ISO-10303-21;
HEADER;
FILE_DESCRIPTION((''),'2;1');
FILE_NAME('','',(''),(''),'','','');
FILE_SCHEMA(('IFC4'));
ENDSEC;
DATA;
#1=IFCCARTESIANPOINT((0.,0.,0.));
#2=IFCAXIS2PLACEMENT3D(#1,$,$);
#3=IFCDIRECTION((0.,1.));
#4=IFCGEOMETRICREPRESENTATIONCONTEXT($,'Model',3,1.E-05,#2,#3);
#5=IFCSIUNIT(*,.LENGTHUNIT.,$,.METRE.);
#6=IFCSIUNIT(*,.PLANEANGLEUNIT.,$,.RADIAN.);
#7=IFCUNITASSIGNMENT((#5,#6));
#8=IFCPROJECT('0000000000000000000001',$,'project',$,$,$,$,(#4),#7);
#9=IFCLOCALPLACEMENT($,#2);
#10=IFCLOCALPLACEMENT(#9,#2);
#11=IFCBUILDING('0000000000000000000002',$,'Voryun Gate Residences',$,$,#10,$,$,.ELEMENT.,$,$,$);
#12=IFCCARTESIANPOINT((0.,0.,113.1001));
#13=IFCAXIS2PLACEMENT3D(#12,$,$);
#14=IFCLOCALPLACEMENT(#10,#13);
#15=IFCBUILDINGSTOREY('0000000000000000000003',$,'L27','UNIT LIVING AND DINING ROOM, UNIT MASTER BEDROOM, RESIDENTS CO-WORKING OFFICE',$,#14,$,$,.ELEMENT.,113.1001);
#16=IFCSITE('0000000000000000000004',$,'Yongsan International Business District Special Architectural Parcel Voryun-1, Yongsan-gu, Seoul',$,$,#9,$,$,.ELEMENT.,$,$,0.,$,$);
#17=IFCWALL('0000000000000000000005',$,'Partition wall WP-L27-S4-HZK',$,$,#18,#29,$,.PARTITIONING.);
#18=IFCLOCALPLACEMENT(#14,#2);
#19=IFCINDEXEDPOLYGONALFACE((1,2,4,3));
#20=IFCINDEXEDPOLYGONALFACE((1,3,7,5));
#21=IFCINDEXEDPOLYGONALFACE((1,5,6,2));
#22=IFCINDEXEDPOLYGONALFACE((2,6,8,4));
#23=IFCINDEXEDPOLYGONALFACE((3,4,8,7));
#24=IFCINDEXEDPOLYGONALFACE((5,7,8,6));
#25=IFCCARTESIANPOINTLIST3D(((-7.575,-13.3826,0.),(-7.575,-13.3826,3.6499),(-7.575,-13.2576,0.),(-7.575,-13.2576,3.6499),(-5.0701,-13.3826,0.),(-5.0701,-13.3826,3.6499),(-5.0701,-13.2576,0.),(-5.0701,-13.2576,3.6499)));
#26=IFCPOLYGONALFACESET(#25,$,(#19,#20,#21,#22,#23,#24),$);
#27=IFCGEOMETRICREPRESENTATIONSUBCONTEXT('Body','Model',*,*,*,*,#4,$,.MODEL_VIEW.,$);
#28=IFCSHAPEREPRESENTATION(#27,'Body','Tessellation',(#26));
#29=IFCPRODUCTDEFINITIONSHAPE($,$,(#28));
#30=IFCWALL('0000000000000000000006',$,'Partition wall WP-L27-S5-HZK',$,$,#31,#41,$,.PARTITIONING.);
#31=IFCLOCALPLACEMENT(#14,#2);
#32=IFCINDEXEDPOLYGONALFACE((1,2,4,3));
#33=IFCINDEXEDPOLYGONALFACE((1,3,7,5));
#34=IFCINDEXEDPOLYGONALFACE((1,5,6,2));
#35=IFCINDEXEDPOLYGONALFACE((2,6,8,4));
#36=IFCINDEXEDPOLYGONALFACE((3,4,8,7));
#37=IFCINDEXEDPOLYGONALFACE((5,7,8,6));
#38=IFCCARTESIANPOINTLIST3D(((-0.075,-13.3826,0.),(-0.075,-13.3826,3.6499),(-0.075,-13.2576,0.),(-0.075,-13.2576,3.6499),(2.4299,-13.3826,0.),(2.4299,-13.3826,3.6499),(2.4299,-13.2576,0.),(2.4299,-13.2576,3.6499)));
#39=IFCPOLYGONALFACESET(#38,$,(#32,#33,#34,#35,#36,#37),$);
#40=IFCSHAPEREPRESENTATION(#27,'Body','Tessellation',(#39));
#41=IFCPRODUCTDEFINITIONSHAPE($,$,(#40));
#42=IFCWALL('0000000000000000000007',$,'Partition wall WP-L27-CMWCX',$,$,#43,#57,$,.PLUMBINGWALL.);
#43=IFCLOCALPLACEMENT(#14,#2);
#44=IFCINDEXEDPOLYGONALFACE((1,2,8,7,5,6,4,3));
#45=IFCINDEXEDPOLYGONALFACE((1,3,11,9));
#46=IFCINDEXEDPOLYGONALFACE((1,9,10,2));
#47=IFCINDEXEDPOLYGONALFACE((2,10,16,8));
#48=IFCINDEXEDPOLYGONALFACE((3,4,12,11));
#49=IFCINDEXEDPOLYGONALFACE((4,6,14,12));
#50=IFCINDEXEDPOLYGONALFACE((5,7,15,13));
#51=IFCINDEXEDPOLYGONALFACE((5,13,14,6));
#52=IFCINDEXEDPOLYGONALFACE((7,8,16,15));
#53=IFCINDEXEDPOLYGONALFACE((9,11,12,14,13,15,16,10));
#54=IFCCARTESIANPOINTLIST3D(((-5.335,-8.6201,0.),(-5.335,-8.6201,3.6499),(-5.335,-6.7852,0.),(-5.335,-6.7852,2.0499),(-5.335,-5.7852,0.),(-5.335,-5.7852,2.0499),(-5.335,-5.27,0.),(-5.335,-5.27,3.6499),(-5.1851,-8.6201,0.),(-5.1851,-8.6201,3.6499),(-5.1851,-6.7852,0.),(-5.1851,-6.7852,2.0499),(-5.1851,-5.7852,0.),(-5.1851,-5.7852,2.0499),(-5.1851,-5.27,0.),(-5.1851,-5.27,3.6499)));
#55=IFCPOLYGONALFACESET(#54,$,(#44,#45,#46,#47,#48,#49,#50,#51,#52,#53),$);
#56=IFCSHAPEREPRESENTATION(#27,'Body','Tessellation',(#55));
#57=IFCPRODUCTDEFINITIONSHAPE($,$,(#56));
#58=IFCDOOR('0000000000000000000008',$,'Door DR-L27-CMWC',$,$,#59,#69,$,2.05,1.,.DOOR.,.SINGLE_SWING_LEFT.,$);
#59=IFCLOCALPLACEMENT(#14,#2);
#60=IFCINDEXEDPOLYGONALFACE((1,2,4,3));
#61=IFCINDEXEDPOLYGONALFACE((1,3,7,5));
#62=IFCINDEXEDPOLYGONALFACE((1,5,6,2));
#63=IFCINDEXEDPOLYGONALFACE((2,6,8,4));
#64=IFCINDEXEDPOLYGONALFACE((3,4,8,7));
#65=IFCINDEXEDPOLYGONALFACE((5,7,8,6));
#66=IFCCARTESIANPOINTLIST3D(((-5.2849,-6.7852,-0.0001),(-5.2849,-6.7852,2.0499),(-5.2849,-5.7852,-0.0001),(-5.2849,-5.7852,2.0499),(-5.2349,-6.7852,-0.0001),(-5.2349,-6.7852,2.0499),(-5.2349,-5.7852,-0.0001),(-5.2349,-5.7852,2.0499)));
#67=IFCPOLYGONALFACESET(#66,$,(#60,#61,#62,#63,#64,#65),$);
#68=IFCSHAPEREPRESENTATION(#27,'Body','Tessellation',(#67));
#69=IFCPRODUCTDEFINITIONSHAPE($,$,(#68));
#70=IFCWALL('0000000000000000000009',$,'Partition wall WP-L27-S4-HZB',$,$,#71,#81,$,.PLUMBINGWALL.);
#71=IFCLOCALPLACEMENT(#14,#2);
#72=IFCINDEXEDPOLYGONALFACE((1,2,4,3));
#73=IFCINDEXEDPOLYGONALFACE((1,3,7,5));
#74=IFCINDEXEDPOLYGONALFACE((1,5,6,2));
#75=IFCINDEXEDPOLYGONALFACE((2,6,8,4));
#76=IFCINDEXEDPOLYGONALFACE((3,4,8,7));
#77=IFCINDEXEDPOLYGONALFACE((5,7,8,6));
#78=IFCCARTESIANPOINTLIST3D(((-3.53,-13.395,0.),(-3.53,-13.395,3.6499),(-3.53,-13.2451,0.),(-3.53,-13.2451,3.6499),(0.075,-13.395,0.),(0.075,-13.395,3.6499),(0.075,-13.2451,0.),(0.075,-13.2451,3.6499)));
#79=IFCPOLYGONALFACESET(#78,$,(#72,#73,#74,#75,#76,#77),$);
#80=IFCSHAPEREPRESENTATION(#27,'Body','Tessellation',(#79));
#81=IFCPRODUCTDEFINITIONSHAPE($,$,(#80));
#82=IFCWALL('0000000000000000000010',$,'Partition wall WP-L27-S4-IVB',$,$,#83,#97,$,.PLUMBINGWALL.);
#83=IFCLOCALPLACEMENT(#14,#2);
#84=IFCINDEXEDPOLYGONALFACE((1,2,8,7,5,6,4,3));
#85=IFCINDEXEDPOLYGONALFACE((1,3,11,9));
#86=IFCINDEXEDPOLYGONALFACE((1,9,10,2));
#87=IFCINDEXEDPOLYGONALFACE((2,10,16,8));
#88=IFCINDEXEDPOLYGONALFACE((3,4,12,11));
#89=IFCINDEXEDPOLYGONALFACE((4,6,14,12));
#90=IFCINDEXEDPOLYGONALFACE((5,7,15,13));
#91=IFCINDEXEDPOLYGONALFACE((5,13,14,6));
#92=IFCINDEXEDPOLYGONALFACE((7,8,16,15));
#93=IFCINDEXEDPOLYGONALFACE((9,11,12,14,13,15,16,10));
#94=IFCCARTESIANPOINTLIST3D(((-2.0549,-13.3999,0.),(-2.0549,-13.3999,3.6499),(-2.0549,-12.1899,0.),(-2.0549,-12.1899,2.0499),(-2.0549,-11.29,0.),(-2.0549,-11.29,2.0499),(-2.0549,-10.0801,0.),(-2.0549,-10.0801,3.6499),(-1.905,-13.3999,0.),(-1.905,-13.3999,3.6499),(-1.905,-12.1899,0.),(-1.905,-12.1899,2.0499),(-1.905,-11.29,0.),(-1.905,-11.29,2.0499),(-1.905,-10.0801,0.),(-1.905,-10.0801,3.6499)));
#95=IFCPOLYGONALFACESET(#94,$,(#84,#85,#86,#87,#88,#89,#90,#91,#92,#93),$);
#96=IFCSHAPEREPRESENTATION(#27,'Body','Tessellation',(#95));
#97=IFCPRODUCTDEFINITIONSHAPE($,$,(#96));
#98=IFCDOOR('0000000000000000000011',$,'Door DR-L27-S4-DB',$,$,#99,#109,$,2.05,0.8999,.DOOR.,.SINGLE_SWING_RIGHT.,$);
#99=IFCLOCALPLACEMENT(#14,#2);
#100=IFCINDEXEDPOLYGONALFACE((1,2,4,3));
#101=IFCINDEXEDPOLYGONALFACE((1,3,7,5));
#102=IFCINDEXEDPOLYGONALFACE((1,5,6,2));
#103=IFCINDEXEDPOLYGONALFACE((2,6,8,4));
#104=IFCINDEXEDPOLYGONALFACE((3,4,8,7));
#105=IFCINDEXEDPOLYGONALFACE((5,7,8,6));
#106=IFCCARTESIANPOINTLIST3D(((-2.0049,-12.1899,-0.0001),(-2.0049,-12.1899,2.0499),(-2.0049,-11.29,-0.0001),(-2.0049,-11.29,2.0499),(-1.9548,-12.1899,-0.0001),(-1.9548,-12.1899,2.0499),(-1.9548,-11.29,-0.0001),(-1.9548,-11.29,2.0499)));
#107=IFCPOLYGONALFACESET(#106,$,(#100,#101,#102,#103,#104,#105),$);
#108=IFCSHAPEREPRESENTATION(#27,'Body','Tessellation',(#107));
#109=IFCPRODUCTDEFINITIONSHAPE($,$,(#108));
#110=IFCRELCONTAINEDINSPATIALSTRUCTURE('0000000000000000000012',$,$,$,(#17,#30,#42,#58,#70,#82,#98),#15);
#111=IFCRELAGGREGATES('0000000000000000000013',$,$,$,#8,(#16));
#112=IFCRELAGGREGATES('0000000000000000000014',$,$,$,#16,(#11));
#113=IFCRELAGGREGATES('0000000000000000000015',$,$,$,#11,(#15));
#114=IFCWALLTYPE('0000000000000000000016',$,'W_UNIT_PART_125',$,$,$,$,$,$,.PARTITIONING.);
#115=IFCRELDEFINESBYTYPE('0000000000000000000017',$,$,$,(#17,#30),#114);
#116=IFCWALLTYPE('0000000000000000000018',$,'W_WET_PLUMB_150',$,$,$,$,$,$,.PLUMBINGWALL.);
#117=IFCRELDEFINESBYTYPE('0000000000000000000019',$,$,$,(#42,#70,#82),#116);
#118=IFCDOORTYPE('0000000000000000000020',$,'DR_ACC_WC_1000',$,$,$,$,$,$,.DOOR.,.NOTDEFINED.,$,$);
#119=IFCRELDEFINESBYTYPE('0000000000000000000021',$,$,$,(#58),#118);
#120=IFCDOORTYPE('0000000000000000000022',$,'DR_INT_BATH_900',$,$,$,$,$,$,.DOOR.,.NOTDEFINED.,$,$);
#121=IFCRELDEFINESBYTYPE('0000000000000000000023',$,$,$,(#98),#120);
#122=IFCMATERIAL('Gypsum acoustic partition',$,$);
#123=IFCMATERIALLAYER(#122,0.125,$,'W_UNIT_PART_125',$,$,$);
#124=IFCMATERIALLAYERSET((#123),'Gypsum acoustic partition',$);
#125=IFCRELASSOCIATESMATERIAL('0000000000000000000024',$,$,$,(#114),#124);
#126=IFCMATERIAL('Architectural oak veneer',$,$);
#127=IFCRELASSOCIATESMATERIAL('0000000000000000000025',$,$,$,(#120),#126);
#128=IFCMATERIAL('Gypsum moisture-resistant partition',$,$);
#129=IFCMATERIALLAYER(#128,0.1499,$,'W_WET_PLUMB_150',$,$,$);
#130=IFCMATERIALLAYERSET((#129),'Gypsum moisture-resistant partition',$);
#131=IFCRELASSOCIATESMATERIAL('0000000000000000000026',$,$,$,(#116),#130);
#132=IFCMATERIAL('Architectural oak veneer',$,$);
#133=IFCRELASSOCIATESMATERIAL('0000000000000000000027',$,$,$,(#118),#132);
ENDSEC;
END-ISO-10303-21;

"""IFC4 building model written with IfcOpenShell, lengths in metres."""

from ifc_helpers import new_model, si_unit, direction, frame, frame_2d, origin, place, context, subcontext, project, spatial, rectangle, extrude, material, layer, layer_set, type_object, element, fill, save


model = new_model("IFC4")

# Units and contexts
model_context = context("Model", 3, precision=1e-05, world=origin(), true_north=direction((0.0, 1.0)))
body_context = subcontext(model_context, "Body", "Model", "MODEL_VIEW")
ifc_project = project(units=[si_unit("LENGTHUNIT", "METRE"), si_unit("PLANEANGLEUNIT", "RADIAN")], contexts=[model_context])

# Site, building, storey
site_placement = place(None, origin())
site = spatial("IfcSite", under=ifc_project, at=site_placement, Name="Yongsan International Business District Special Architectural Parcel Voryun-1, Yongsan-gu, Seoul", CompositionType="ELEMENT", RefElevation=0.0)
building_placement = place(site_placement, origin())
building = spatial("IfcBuilding", under=site, at=building_placement, Name="Voryun Gate Residences", CompositionType="ELEMENT")
storey_placement = place(building_placement, frame((0.0, 0.0, 113.1001)))
storey = spatial("IfcBuildingStorey", under=building, at=storey_placement, Name="L27", Description="UNIT LIVING AND DINING ROOM, UNIT MASTER BEDROOM, RESIDENTS CO-WORKING OFFICE", CompositionType="ELEMENT", Elevation=113.1001)

# Shared definitions
ifc_material_1 = material(Name="Gypsum acoustic partition")
ifc_layer_1 = layer(ifc_material_1, 0.125, Name="W_UNIT_PART_125")
ifc_layer_set_1 = layer_set([ifc_layer_1], Name="Gypsum acoustic partition")
wall_type_1 = type_object("IfcWallType", Name="W_UNIT_PART_125", PredefinedType="PARTITIONING", material=ifc_layer_set_1)
ifc_material_2 = material(Name="Architectural oak veneer")
door_type_1 = type_object("IfcDoorType", Name="DR_INT_BATH_900", OperationType="NOTDEFINED", PredefinedType="DOOR", material=ifc_material_2)

# Walls
for number, where, z_axis, x_axis, name in (
    (1, (-7.575, -13.3201, 0.0), (0.0, 0.0, 1.0), (1.0, 0.0, 0.0), "Partition wall WP-L27-S4-HZK"),
    (2, (-0.075, -13.3201, 0.0), (0.0, 0.0, 1.0), (1.0, 0.0, 0.0), "Partition wall WP-L27-S5-HZK"),
):
    element("IfcWall", number, at=place(storey_placement, frame(where, z_axis=z_axis, x_axis=x_axis)), inside=storey, type_object=wall_type_1, Name=name, PredefinedType="PARTITIONING", context=body_context, shape_type="SweptSolid", body=[
        extrude(rectangle(XDim=2.5049, YDim=0.125, at=frame_2d((1.2524, 0.0))), origin(), (0.0, 0.0, 1.0), 3.6499),
    ])

# Wall, opening, door
ifc_material_3 = material(Name="Gypsum moisture-resistant partition")
ifc_layer_2 = layer(ifc_material_3, 0.1499, Name="W_WET_PLUMB_150")
ifc_layer_set_2 = layer_set([ifc_layer_2], Name="Gypsum moisture-resistant partition")
wall_type_2 = type_object("IfcWallType", Name="W_WET_PLUMB_150", PredefinedType="PLUMBINGWALL", material=ifc_layer_set_2)
wall_1_placement = place(storey_placement, frame((-5.26, -8.6201, 0.0), z_axis=(0.0, 0.0, 1.0), x_axis=(0.0, 1.0, 0.0)))
wall_1 = element("IfcWall", 3, at=wall_1_placement, inside=storey, type_object=wall_type_2, Name="Partition wall WP-L27-CMWCX", PredefinedType="PLUMBINGWALL", context=body_context, shape_type="SweptSolid", body=[
    extrude(rectangle(XDim=3.3501, YDim=0.1499, at=frame_2d((1.675, 0.0))), origin(), (0.0, 0.0, 1.0), 3.6499),
])
opening_1_placement = place(wall_1_placement, frame((1.835, 0.0, 0.0)))
opening_1 = element("IfcOpeningElement", 4, at=opening_1_placement, cuts=wall_1, PredefinedType="OPENING", context=body_context, shape_type="SweptSolid", body=[
    extrude(rectangle(XDim=1.0, YDim=2.05, at=frame_2d((0.5, 1.0249))), frame((0.0, 0.085, 0.0), z_axis=(0.0, -1.0, 0.0), x_axis=(1.0, 0.0, 0.0)), (0.0, 0.0, 1.0), 0.1699),
])
ifc_material_4 = material(Name="Architectural oak veneer")
door_type_2 = type_object("IfcDoorType", Name="DR_ACC_WC_1000", OperationType="NOTDEFINED", PredefinedType="DOOR", material=ifc_material_4)
door_1_placement = place(opening_1_placement, origin())
door_1 = element("IfcDoor", 5, at=door_1_placement, inside=storey, type_object=door_type_2, Name="Door DR-L27-CMWC", OperationType="SINGLE_SWING_LEFT", OverallHeight=2.05, OverallWidth=1.0, PredefinedType="DOOR", context=body_context, shape_type="SweptSolid", body=[
    extrude(rectangle(XDim=1.0, YDim=2.05, at=frame_2d((0.5, 1.0249))), frame((0.0, 0.0249, 0.0), z_axis=(0.0, -1.0, 0.0), x_axis=(1.0, 0.0, 0.0)), (0.0, 0.0, 1.0), 0.05),
])
fill(opening_1, door_1)

# Wall
wall_2_placement = place(storey_placement, frame((-3.53, -13.3201, 0.0), z_axis=(0.0, 0.0, 1.0), x_axis=(1.0, 0.0, 0.0)))
element("IfcWall", 6, at=wall_2_placement, inside=storey, type_object=wall_type_2, Name="Partition wall WP-L27-S4-HZB", PredefinedType="PLUMBINGWALL", context=body_context, shape_type="SweptSolid", body=[
    extrude(rectangle(XDim=3.605, YDim=0.1499, at=frame_2d((1.8025, 0.0))), origin(), (0.0, 0.0, 1.0), 3.6499),
])

# Wall, opening, door
wall_3_placement = place(storey_placement, frame((-1.98, -13.3999, 0.0), z_axis=(0.0, 0.0, 1.0), x_axis=(0.0, 1.0, 0.0)))
wall_3 = element("IfcWall", 7, at=wall_3_placement, inside=storey, type_object=wall_type_2, Name="Partition wall WP-L27-S4-IVB", PredefinedType="PLUMBINGWALL", context=body_context, shape_type="SweptSolid", body=[
    extrude(rectangle(XDim=3.3198, YDim=0.1499, at=frame_2d((1.6599, 0.0))), origin(), (0.0, 0.0, 1.0), 3.6499),
])
opening_2_placement = place(wall_3_placement, frame((1.21, 0.0, 0.0)))
opening_2 = element("IfcOpeningElement", 8, at=opening_2_placement, cuts=wall_3, PredefinedType="OPENING", context=body_context, shape_type="SweptSolid", body=[
    extrude(rectangle(XDim=0.8999, YDim=2.05, at=frame_2d((0.45, 1.0249))), frame((0.0, 0.085, 0.0), z_axis=(0.0, -1.0, 0.0), x_axis=(1.0, 0.0, 0.0)), (0.0, 0.0, 1.0), 0.1699),
])
door_2_placement = place(opening_2_placement, origin())
door_2 = element("IfcDoor", 9, at=door_2_placement, inside=storey, type_object=door_type_1, Name="Door DR-L27-S4-DB", OperationType="SINGLE_SWING_RIGHT", OverallHeight=2.05, OverallWidth=0.8999, PredefinedType="DOOR", context=body_context, shape_type="SweptSolid", body=[
    extrude(rectangle(XDim=0.8999, YDim=2.05, at=frame_2d((0.45, 1.0249))), frame((0.0, 0.0249, 0.0), z_axis=(0.0, -1.0, 0.0), x_axis=(1.0, 0.0, 0.0)), (0.0, 0.0, 1.0), 0.05),
])
fill(opening_2, door_2)

save(model, "model.ifc")
